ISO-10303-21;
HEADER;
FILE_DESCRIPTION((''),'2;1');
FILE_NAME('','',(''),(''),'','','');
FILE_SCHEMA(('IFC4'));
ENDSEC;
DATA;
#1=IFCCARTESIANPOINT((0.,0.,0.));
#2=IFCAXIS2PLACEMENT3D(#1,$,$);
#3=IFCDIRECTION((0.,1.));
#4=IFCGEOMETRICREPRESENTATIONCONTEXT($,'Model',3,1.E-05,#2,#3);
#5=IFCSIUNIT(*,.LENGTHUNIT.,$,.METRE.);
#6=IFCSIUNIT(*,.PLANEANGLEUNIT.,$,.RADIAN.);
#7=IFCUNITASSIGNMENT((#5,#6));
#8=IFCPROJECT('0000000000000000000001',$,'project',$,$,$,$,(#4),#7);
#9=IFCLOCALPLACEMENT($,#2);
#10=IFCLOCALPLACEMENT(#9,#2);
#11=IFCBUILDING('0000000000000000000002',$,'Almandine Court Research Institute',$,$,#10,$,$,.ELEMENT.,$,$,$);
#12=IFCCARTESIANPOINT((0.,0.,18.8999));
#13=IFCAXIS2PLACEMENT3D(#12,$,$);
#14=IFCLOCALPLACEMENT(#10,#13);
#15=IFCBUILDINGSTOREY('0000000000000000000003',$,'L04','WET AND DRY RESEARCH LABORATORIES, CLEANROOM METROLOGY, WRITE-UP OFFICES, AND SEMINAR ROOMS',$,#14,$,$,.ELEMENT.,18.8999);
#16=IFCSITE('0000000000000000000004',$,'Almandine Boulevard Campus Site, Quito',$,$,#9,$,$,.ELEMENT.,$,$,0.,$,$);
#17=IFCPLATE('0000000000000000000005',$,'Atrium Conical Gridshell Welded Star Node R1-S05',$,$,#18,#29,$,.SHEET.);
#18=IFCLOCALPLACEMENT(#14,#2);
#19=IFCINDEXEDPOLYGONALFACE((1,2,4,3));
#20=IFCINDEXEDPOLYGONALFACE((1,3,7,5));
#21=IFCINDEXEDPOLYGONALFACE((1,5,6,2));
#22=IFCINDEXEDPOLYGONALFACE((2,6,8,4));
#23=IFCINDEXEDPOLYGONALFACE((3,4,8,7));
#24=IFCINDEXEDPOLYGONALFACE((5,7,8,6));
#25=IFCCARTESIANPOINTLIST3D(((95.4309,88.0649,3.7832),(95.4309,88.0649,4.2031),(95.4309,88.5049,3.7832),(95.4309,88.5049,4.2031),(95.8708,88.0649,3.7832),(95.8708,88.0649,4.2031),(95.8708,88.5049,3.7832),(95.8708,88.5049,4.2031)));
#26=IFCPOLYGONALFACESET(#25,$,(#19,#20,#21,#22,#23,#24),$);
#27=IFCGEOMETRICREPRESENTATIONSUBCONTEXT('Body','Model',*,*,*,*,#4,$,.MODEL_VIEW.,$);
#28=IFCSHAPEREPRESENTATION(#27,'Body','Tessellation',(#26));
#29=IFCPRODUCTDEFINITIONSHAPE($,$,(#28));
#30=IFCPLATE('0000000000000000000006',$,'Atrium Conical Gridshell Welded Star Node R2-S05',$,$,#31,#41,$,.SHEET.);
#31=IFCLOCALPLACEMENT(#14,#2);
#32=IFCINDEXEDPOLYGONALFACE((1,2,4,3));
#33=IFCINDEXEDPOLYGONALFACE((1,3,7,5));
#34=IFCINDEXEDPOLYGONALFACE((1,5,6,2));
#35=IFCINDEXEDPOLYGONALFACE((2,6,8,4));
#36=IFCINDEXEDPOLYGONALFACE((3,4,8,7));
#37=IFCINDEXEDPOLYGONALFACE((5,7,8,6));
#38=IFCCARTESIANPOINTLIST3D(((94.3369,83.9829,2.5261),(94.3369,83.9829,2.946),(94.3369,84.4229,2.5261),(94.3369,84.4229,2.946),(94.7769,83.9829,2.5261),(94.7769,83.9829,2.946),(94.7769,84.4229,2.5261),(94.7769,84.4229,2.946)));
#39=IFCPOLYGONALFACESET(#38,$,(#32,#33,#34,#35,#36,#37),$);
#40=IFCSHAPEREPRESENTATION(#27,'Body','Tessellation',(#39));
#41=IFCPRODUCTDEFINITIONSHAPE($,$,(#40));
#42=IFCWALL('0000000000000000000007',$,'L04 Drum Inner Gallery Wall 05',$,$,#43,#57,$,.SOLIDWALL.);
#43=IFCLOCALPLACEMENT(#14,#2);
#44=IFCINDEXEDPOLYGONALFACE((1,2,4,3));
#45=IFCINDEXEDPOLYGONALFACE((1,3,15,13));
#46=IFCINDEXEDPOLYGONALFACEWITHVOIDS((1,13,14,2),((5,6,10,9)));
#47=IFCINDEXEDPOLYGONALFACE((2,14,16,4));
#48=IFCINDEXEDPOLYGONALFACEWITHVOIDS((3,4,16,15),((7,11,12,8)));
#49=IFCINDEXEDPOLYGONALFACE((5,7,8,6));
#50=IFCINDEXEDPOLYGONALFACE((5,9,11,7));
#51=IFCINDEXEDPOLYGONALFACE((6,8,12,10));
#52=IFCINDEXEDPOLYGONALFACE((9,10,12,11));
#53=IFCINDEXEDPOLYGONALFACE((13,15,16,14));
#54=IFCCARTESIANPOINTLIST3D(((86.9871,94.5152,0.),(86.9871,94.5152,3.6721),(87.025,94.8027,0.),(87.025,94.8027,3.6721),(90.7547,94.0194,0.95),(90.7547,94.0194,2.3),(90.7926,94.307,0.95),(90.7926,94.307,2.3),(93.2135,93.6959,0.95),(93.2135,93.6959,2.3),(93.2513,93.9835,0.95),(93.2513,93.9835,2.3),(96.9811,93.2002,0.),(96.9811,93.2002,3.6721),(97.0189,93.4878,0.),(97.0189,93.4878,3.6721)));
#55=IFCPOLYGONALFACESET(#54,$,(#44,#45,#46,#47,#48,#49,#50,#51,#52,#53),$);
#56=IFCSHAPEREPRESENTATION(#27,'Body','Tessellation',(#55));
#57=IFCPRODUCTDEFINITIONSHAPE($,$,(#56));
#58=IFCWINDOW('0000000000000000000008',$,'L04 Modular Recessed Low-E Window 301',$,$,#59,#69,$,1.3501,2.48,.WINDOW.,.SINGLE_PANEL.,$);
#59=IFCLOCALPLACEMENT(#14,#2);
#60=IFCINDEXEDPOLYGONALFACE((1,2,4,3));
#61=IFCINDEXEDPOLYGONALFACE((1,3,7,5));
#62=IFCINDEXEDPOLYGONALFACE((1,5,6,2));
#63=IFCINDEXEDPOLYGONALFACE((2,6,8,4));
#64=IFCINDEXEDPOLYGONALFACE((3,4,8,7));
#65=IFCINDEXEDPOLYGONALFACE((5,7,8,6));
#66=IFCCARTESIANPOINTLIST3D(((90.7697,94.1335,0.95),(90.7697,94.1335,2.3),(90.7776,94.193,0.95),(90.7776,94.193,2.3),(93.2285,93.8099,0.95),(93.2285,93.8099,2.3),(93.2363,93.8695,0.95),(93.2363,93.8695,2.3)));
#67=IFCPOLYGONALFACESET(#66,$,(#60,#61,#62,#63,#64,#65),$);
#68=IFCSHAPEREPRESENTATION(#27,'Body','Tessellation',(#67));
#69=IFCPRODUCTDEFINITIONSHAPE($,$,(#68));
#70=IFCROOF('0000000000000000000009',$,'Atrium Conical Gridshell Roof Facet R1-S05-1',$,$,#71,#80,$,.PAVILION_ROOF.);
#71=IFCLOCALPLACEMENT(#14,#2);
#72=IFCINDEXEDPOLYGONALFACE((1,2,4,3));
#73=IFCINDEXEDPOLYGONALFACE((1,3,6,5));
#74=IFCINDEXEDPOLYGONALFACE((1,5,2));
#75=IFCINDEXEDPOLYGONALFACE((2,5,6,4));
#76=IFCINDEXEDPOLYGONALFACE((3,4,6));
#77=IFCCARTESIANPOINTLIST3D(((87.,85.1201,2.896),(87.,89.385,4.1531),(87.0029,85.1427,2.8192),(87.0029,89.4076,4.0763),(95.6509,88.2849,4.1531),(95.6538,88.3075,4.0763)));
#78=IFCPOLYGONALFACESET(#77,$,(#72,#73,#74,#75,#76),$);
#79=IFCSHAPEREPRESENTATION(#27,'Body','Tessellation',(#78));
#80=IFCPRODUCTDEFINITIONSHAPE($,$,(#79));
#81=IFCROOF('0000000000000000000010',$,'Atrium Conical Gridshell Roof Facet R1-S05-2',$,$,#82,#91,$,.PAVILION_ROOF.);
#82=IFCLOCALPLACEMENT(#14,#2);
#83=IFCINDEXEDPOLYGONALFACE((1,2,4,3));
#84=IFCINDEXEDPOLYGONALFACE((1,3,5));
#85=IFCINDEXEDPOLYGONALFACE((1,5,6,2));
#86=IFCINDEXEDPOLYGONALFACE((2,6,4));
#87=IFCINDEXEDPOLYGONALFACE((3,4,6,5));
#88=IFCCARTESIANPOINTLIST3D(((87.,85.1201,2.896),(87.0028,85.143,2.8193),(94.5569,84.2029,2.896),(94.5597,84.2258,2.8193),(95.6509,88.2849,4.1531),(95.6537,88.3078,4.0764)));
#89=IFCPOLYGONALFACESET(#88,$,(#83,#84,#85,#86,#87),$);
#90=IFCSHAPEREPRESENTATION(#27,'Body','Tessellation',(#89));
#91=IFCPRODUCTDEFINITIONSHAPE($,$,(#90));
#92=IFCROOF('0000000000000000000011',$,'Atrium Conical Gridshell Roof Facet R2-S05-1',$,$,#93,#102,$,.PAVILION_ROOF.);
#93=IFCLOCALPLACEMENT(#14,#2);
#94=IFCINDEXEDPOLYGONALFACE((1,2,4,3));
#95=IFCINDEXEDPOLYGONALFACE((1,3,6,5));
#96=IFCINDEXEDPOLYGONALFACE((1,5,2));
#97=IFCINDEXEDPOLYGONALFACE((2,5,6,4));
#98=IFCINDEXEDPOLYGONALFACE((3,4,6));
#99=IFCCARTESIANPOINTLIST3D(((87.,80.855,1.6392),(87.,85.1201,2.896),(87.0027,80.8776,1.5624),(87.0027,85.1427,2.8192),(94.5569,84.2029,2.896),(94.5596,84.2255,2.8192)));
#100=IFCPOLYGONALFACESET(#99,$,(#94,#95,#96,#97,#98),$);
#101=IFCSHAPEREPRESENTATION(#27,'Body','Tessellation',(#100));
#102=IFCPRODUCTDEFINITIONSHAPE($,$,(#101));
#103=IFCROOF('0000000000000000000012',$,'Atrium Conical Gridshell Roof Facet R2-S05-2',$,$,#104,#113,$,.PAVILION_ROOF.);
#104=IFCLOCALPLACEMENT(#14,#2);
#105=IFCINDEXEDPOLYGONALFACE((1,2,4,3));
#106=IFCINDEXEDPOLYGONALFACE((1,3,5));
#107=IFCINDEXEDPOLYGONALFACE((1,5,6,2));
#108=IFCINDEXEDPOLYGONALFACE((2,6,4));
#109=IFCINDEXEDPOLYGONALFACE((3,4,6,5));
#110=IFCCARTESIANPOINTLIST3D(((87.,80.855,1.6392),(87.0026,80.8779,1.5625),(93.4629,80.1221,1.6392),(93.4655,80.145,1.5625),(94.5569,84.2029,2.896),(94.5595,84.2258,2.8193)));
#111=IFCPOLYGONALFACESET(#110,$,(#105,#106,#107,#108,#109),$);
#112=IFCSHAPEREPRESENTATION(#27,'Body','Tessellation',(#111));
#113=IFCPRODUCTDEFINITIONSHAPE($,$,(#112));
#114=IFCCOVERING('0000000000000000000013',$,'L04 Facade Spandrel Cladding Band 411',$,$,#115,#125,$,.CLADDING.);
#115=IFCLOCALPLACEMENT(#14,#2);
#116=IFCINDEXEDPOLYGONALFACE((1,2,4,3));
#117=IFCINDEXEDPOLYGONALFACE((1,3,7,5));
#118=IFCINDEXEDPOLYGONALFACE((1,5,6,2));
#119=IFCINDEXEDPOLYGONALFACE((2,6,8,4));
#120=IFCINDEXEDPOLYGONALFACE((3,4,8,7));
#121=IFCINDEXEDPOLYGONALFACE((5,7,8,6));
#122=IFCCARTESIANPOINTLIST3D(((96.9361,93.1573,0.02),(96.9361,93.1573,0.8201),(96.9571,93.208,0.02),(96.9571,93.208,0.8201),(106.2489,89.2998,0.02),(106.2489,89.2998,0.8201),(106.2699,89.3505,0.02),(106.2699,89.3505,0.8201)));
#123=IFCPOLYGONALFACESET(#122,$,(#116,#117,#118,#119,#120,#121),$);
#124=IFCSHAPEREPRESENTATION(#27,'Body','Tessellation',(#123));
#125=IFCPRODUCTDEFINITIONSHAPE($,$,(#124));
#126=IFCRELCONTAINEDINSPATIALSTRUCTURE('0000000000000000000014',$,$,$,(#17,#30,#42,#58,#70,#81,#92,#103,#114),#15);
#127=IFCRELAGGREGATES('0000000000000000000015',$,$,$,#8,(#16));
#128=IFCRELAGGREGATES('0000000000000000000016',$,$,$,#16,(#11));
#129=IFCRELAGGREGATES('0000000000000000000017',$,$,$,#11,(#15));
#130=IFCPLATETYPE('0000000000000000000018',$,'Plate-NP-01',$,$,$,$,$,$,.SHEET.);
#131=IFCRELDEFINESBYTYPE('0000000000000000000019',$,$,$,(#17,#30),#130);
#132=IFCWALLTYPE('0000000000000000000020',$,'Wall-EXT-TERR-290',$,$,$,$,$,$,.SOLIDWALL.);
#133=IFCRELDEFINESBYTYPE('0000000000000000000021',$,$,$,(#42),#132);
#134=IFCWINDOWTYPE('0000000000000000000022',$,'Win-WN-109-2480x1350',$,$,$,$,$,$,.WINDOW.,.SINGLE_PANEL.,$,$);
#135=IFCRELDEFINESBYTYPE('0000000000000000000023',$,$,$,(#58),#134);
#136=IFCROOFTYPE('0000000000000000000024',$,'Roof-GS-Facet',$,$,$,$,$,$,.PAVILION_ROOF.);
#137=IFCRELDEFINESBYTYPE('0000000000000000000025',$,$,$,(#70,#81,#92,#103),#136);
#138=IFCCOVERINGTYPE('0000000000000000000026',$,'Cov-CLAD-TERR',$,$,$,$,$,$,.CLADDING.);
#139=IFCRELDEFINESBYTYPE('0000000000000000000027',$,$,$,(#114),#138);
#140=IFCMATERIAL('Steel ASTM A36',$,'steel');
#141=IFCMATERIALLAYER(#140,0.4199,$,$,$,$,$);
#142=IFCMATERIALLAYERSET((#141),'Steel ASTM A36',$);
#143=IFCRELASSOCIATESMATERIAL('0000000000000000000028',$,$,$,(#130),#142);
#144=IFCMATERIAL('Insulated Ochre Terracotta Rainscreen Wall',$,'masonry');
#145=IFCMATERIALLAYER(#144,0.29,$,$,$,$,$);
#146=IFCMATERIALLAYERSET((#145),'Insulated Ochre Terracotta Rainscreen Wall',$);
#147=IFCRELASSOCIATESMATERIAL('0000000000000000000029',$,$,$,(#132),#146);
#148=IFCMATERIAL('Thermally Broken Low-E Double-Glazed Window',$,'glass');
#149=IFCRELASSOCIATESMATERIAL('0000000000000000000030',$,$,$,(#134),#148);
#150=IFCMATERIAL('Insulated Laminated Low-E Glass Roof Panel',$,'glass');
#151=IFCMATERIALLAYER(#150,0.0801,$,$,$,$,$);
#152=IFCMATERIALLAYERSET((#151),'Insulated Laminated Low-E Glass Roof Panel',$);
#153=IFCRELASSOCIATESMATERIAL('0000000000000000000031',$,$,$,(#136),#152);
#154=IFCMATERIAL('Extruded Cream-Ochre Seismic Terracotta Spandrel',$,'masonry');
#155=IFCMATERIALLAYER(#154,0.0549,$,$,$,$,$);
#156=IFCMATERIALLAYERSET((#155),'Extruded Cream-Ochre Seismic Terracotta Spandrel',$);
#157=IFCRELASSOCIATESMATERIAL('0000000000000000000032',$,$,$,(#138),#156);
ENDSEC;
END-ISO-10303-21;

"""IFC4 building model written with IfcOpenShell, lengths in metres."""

from ifc_helpers import new_model, si_unit, direction, frame, frame_2d, origin, origin_2d, place, context, subcontext, project, spatial, polyline, rectangle, outline, extrude, material, layer, layer_set, type_object, element, fill, save


model = new_model("IFC4")

# Units and contexts
model_context = context("Model", 3, precision=1e-05, world=origin(), true_north=direction((0.0, 1.0)))
body_context = subcontext(model_context, "Body", "Model", "MODEL_VIEW")
ifc_project = project(units=[si_unit("LENGTHUNIT", "METRE"), si_unit("PLANEANGLEUNIT", "RADIAN")], contexts=[model_context])

# Site, building, storey
site_placement = place(None, origin())
site = spatial("IfcSite", under=ifc_project, at=site_placement, Name="Almandine Boulevard Campus Site, Quito", CompositionType="ELEMENT", RefElevation=0.0)
building_placement = place(site_placement, origin())
building = spatial("IfcBuilding", under=site, at=building_placement, Name="Almandine Court Research Institute", CompositionType="ELEMENT")
storey_placement = place(building_placement, frame((0.0, 0.0, 18.8999)))
storey = spatial("IfcBuildingStorey", under=building, at=storey_placement, Name="L04", Description="WET AND DRY RESEARCH LABORATORIES, CLEANROOM METROLOGY, WRITE-UP OFFICES, AND SEMINAR ROOMS", CompositionType="ELEMENT", Elevation=18.8999)

# Plates
ifc_material_1 = material(Name="Steel ASTM A36", Category="steel")
ifc_layer_1 = layer(ifc_material_1, 0.4199)
ifc_layer_set_1 = layer_set([ifc_layer_1], Name="Steel ASTM A36")
plate_type = type_object("IfcPlateType", Name="Plate-NP-01", PredefinedType="SHEET", material=ifc_layer_set_1)
for number, where, z_axis, x_axis, name in (
    (1, (95.6509, 88.2849, 3.7832), (0.0, 0.0, 1.0), (1.0, 0.0, 0.0), "Atrium Conical Gridshell Welded Star Node R1-S05"),
    (2, (94.5569, 84.2029, 2.5261), (0.0, 0.0, 1.0), (1.0, 0.0, 0.0), "Atrium Conical Gridshell Welded Star Node R2-S05"),
):
    element("IfcPlate", number, at=place(storey_placement, frame(where, z_axis=z_axis, x_axis=x_axis)), inside=storey, type_object=plate_type, Name=name, PredefinedType="SHEET", context=body_context, shape_type="SweptSolid", body=[
        extrude(rectangle(XDim=0.4399, YDim=0.4399, at=origin_2d()), origin(), (0.0, 0.0, 1.0), 0.4199),
    ])

# Wall, opening, window
ifc_material_2 = material(Name="Insulated Ochre Terracotta Rainscreen Wall", Category="masonry")
ifc_layer_2 = layer(ifc_material_2, 0.29)
ifc_layer_set_2 = layer_set([ifc_layer_2], Name="Insulated Ochre Terracotta Rainscreen Wall")
wall_type_1 = type_object("IfcWallType", Name="Wall-EXT-TERR-290", PredefinedType="SOLIDWALL", material=ifc_layer_set_2)
wall_1_placement = place(storey_placement, frame((97.0, 93.344, 0.0), z_axis=(0.0, 0.0, 1.0), x_axis=(-0.991455, 0.13045, 0.0)))
wall_1 = element("IfcWall", 3, at=wall_1_placement, inside=storey, type_object=wall_type_1, Name="L04 Drum Inner Gallery Wall 05", PredefinedType="SOLIDWALL", context=body_context, shape_type="SweptSolid", body=[
    extrude(rectangle(XDim=10.0801, YDim=0.29, at=frame_2d((5.04, 0.0))), origin(), (0.0, 0.0, 1.0), 3.6721),
])
opening_1_placement = place(wall_1_placement, frame((3.8, 0.0, 0.95)))
opening_1 = element("IfcOpeningElement", 4, at=opening_1_placement, cuts=wall_1, PredefinedType="OPENING", context=body_context, shape_type="SweptSolid", body=[
    extrude(rectangle(XDim=2.48, YDim=1.3501, at=frame_2d((1.24, 0.675))), frame((0.0, 0.155, 0.0), z_axis=(0.0, -1.0, 0.0), x_axis=(1.0, 0.0, 0.0)), (0.0, 0.0, 1.0), 0.3101),
])
ifc_material_3 = material(Name="Thermally Broken Low-E Double-Glazed Window", Category="glass")
window_type = type_object("IfcWindowType", Name="Win-WN-109-2480x1350", PartitioningType="SINGLE_PANEL", PredefinedType="WINDOW", material=ifc_material_3)
window_placement = place(opening_1_placement, origin())
window = element("IfcWindow", 5, at=window_placement, inside=storey, type_object=window_type, Name="L04 Modular Recessed Low-E Window 301", OverallHeight=1.3501, OverallWidth=2.48, PartitioningType="SINGLE_PANEL", PredefinedType="WINDOW", context=body_context, shape_type="SweptSolid", body=[
    extrude(rectangle(XDim=2.48, YDim=1.3501, at=frame_2d((1.24, 0.675))), frame((0.0, 0.03, 0.0), z_axis=(0.0, -1.0, 0.0), x_axis=(1.0, 0.0, 0.0)), (0.0, 0.0, 1.0), 0.0601),
])
fill(opening_1, window)

# Roofs
ifc_material_4 = material(Name="Insulated Laminated Low-E Glass Roof Panel", Category="glass")
ifc_layer_3 = layer(ifc_material_4, 0.0801)
ifc_layer_set_3 = layer_set([ifc_layer_3], Name="Insulated Laminated Low-E Glass Roof Panel")
roof_type = type_object("IfcRoofType", Name="Roof-GS-Facet", PredefinedType="PAVILION_ROOF", material=ifc_layer_set_3)
roof_1_placement = place(storey_placement, frame((95.6509, 88.2849, 4.1531), z_axis=(-0.03593, -0.282543, 0.958582), x_axis=(-0.992011, 0.12615, 0.0)))
element("IfcRoof", 6, at=roof_1_placement, inside=storey, type_object=roof_type, Name="Atrium Conical Gridshell Roof Facet R1-S05-1", PredefinedType="PAVILION_ROOF", context=body_context, shape_type="SweptSolid", body=[
    extrude(outline(polyline([(0.0, 0.0), (8.7205, 0.0), (8.1825, 4.4136), (0.0, 0.0)])), origin(), (0.0, 0.0, -1.0), 0.0801),
])
roof_2_placement = place(storey_placement, frame((95.6509, 88.2849, 4.1531), z_axis=(-0.03467, -0.285639, 0.95771), x_axis=(-0.930504, -0.340411, -0.135214)))
element("IfcRoof", 7, at=roof_2_placement, inside=storey, type_object=roof_type, Name="Atrium Conical Gridshell Roof Facet R1-S05-2", PredefinedType="PAVILION_ROOF", context=body_context, shape_type="SweptSolid", body=[
    extrude(outline(polyline([(0.0, 0.0), (9.297, 0.0), (2.5775, 3.5772), (0.0, 0.0)])), origin(), (0.0, 0.0, -1.0), 0.0801),
])
roof_3_placement = place(storey_placement, frame((94.5569, 84.2029, 2.896), z_axis=(-0.034288, -0.282494, 0.958656), x_axis=(-0.992714, 0.120493, 0.0)))
element("IfcRoof", 8, at=roof_3_placement, inside=storey, type_object=roof_type, Name="Atrium Conical Gridshell Roof Facet R2-S05-1", PredefinedType="PAVILION_ROOF", context=body_context, shape_type="SweptSolid", body=[
    extrude(outline(polyline([(0.0, 0.0), (7.6123, 0.0), (7.0984, 4.4167), (0.0, 0.0)])), origin(), (0.0, 0.0, -1.0), 0.0801),
])
roof_4_placement = place(storey_placement, frame((94.5569, 84.2029, 2.896), z_axis=(-0.032459, -0.28623, 0.957611), x_axis=(-0.903901, -0.400452, -0.150334)))
element("IfcRoof", 9, at=roof_4_placement, inside=storey, type_object=roof_type, Name="Atrium Conical Gridshell Roof Facet R2-S05-2", PredefinedType="PAVILION_ROOF", context=body_context, shape_type="SweptSolid", body=[
    extrude(outline(polyline([(0.0, 0.0), (8.3603, 0.0), (2.812, 3.3944), (0.0, 0.0)])), origin(), (0.0, 0.0, -1.0), 0.0801),
])

# Covering
ifc_material_5 = material(Name="Extruded Cream-Ochre Seismic Terracotta Spandrel", Category="masonry")
ifc_layer_4 = layer(ifc_material_5, 0.0549)
ifc_layer_set_4 = layer_set([ifc_layer_4], Name="Extruded Cream-Ochre Seismic Terracotta Spandrel")
covering_type = type_object("IfcCoveringType", Name="Cov-CLAD-TERR", PredefinedType="CLADDING", material=ifc_layer_set_4)
covering_placement = place(storey_placement, frame((101.603, 91.2539, 0.02), z_axis=(0.0, 0.0, 1.0), x_axis=(-0.92388, 0.382683, 0.0)))
element("IfcCovering", 10, at=covering_placement, inside=storey, type_object=covering_type, Name="L04 Facade Spandrel Cladding Band 411", PredefinedType="CLADDING", context=body_context, shape_type="SweptSolid", body=[
    extrude(rectangle(XDim=10.0801, YDim=0.0549, at=origin_2d()), origin(), (0.0, 0.0, 1.0), 0.8),
])

save(model, "model.ifc")
